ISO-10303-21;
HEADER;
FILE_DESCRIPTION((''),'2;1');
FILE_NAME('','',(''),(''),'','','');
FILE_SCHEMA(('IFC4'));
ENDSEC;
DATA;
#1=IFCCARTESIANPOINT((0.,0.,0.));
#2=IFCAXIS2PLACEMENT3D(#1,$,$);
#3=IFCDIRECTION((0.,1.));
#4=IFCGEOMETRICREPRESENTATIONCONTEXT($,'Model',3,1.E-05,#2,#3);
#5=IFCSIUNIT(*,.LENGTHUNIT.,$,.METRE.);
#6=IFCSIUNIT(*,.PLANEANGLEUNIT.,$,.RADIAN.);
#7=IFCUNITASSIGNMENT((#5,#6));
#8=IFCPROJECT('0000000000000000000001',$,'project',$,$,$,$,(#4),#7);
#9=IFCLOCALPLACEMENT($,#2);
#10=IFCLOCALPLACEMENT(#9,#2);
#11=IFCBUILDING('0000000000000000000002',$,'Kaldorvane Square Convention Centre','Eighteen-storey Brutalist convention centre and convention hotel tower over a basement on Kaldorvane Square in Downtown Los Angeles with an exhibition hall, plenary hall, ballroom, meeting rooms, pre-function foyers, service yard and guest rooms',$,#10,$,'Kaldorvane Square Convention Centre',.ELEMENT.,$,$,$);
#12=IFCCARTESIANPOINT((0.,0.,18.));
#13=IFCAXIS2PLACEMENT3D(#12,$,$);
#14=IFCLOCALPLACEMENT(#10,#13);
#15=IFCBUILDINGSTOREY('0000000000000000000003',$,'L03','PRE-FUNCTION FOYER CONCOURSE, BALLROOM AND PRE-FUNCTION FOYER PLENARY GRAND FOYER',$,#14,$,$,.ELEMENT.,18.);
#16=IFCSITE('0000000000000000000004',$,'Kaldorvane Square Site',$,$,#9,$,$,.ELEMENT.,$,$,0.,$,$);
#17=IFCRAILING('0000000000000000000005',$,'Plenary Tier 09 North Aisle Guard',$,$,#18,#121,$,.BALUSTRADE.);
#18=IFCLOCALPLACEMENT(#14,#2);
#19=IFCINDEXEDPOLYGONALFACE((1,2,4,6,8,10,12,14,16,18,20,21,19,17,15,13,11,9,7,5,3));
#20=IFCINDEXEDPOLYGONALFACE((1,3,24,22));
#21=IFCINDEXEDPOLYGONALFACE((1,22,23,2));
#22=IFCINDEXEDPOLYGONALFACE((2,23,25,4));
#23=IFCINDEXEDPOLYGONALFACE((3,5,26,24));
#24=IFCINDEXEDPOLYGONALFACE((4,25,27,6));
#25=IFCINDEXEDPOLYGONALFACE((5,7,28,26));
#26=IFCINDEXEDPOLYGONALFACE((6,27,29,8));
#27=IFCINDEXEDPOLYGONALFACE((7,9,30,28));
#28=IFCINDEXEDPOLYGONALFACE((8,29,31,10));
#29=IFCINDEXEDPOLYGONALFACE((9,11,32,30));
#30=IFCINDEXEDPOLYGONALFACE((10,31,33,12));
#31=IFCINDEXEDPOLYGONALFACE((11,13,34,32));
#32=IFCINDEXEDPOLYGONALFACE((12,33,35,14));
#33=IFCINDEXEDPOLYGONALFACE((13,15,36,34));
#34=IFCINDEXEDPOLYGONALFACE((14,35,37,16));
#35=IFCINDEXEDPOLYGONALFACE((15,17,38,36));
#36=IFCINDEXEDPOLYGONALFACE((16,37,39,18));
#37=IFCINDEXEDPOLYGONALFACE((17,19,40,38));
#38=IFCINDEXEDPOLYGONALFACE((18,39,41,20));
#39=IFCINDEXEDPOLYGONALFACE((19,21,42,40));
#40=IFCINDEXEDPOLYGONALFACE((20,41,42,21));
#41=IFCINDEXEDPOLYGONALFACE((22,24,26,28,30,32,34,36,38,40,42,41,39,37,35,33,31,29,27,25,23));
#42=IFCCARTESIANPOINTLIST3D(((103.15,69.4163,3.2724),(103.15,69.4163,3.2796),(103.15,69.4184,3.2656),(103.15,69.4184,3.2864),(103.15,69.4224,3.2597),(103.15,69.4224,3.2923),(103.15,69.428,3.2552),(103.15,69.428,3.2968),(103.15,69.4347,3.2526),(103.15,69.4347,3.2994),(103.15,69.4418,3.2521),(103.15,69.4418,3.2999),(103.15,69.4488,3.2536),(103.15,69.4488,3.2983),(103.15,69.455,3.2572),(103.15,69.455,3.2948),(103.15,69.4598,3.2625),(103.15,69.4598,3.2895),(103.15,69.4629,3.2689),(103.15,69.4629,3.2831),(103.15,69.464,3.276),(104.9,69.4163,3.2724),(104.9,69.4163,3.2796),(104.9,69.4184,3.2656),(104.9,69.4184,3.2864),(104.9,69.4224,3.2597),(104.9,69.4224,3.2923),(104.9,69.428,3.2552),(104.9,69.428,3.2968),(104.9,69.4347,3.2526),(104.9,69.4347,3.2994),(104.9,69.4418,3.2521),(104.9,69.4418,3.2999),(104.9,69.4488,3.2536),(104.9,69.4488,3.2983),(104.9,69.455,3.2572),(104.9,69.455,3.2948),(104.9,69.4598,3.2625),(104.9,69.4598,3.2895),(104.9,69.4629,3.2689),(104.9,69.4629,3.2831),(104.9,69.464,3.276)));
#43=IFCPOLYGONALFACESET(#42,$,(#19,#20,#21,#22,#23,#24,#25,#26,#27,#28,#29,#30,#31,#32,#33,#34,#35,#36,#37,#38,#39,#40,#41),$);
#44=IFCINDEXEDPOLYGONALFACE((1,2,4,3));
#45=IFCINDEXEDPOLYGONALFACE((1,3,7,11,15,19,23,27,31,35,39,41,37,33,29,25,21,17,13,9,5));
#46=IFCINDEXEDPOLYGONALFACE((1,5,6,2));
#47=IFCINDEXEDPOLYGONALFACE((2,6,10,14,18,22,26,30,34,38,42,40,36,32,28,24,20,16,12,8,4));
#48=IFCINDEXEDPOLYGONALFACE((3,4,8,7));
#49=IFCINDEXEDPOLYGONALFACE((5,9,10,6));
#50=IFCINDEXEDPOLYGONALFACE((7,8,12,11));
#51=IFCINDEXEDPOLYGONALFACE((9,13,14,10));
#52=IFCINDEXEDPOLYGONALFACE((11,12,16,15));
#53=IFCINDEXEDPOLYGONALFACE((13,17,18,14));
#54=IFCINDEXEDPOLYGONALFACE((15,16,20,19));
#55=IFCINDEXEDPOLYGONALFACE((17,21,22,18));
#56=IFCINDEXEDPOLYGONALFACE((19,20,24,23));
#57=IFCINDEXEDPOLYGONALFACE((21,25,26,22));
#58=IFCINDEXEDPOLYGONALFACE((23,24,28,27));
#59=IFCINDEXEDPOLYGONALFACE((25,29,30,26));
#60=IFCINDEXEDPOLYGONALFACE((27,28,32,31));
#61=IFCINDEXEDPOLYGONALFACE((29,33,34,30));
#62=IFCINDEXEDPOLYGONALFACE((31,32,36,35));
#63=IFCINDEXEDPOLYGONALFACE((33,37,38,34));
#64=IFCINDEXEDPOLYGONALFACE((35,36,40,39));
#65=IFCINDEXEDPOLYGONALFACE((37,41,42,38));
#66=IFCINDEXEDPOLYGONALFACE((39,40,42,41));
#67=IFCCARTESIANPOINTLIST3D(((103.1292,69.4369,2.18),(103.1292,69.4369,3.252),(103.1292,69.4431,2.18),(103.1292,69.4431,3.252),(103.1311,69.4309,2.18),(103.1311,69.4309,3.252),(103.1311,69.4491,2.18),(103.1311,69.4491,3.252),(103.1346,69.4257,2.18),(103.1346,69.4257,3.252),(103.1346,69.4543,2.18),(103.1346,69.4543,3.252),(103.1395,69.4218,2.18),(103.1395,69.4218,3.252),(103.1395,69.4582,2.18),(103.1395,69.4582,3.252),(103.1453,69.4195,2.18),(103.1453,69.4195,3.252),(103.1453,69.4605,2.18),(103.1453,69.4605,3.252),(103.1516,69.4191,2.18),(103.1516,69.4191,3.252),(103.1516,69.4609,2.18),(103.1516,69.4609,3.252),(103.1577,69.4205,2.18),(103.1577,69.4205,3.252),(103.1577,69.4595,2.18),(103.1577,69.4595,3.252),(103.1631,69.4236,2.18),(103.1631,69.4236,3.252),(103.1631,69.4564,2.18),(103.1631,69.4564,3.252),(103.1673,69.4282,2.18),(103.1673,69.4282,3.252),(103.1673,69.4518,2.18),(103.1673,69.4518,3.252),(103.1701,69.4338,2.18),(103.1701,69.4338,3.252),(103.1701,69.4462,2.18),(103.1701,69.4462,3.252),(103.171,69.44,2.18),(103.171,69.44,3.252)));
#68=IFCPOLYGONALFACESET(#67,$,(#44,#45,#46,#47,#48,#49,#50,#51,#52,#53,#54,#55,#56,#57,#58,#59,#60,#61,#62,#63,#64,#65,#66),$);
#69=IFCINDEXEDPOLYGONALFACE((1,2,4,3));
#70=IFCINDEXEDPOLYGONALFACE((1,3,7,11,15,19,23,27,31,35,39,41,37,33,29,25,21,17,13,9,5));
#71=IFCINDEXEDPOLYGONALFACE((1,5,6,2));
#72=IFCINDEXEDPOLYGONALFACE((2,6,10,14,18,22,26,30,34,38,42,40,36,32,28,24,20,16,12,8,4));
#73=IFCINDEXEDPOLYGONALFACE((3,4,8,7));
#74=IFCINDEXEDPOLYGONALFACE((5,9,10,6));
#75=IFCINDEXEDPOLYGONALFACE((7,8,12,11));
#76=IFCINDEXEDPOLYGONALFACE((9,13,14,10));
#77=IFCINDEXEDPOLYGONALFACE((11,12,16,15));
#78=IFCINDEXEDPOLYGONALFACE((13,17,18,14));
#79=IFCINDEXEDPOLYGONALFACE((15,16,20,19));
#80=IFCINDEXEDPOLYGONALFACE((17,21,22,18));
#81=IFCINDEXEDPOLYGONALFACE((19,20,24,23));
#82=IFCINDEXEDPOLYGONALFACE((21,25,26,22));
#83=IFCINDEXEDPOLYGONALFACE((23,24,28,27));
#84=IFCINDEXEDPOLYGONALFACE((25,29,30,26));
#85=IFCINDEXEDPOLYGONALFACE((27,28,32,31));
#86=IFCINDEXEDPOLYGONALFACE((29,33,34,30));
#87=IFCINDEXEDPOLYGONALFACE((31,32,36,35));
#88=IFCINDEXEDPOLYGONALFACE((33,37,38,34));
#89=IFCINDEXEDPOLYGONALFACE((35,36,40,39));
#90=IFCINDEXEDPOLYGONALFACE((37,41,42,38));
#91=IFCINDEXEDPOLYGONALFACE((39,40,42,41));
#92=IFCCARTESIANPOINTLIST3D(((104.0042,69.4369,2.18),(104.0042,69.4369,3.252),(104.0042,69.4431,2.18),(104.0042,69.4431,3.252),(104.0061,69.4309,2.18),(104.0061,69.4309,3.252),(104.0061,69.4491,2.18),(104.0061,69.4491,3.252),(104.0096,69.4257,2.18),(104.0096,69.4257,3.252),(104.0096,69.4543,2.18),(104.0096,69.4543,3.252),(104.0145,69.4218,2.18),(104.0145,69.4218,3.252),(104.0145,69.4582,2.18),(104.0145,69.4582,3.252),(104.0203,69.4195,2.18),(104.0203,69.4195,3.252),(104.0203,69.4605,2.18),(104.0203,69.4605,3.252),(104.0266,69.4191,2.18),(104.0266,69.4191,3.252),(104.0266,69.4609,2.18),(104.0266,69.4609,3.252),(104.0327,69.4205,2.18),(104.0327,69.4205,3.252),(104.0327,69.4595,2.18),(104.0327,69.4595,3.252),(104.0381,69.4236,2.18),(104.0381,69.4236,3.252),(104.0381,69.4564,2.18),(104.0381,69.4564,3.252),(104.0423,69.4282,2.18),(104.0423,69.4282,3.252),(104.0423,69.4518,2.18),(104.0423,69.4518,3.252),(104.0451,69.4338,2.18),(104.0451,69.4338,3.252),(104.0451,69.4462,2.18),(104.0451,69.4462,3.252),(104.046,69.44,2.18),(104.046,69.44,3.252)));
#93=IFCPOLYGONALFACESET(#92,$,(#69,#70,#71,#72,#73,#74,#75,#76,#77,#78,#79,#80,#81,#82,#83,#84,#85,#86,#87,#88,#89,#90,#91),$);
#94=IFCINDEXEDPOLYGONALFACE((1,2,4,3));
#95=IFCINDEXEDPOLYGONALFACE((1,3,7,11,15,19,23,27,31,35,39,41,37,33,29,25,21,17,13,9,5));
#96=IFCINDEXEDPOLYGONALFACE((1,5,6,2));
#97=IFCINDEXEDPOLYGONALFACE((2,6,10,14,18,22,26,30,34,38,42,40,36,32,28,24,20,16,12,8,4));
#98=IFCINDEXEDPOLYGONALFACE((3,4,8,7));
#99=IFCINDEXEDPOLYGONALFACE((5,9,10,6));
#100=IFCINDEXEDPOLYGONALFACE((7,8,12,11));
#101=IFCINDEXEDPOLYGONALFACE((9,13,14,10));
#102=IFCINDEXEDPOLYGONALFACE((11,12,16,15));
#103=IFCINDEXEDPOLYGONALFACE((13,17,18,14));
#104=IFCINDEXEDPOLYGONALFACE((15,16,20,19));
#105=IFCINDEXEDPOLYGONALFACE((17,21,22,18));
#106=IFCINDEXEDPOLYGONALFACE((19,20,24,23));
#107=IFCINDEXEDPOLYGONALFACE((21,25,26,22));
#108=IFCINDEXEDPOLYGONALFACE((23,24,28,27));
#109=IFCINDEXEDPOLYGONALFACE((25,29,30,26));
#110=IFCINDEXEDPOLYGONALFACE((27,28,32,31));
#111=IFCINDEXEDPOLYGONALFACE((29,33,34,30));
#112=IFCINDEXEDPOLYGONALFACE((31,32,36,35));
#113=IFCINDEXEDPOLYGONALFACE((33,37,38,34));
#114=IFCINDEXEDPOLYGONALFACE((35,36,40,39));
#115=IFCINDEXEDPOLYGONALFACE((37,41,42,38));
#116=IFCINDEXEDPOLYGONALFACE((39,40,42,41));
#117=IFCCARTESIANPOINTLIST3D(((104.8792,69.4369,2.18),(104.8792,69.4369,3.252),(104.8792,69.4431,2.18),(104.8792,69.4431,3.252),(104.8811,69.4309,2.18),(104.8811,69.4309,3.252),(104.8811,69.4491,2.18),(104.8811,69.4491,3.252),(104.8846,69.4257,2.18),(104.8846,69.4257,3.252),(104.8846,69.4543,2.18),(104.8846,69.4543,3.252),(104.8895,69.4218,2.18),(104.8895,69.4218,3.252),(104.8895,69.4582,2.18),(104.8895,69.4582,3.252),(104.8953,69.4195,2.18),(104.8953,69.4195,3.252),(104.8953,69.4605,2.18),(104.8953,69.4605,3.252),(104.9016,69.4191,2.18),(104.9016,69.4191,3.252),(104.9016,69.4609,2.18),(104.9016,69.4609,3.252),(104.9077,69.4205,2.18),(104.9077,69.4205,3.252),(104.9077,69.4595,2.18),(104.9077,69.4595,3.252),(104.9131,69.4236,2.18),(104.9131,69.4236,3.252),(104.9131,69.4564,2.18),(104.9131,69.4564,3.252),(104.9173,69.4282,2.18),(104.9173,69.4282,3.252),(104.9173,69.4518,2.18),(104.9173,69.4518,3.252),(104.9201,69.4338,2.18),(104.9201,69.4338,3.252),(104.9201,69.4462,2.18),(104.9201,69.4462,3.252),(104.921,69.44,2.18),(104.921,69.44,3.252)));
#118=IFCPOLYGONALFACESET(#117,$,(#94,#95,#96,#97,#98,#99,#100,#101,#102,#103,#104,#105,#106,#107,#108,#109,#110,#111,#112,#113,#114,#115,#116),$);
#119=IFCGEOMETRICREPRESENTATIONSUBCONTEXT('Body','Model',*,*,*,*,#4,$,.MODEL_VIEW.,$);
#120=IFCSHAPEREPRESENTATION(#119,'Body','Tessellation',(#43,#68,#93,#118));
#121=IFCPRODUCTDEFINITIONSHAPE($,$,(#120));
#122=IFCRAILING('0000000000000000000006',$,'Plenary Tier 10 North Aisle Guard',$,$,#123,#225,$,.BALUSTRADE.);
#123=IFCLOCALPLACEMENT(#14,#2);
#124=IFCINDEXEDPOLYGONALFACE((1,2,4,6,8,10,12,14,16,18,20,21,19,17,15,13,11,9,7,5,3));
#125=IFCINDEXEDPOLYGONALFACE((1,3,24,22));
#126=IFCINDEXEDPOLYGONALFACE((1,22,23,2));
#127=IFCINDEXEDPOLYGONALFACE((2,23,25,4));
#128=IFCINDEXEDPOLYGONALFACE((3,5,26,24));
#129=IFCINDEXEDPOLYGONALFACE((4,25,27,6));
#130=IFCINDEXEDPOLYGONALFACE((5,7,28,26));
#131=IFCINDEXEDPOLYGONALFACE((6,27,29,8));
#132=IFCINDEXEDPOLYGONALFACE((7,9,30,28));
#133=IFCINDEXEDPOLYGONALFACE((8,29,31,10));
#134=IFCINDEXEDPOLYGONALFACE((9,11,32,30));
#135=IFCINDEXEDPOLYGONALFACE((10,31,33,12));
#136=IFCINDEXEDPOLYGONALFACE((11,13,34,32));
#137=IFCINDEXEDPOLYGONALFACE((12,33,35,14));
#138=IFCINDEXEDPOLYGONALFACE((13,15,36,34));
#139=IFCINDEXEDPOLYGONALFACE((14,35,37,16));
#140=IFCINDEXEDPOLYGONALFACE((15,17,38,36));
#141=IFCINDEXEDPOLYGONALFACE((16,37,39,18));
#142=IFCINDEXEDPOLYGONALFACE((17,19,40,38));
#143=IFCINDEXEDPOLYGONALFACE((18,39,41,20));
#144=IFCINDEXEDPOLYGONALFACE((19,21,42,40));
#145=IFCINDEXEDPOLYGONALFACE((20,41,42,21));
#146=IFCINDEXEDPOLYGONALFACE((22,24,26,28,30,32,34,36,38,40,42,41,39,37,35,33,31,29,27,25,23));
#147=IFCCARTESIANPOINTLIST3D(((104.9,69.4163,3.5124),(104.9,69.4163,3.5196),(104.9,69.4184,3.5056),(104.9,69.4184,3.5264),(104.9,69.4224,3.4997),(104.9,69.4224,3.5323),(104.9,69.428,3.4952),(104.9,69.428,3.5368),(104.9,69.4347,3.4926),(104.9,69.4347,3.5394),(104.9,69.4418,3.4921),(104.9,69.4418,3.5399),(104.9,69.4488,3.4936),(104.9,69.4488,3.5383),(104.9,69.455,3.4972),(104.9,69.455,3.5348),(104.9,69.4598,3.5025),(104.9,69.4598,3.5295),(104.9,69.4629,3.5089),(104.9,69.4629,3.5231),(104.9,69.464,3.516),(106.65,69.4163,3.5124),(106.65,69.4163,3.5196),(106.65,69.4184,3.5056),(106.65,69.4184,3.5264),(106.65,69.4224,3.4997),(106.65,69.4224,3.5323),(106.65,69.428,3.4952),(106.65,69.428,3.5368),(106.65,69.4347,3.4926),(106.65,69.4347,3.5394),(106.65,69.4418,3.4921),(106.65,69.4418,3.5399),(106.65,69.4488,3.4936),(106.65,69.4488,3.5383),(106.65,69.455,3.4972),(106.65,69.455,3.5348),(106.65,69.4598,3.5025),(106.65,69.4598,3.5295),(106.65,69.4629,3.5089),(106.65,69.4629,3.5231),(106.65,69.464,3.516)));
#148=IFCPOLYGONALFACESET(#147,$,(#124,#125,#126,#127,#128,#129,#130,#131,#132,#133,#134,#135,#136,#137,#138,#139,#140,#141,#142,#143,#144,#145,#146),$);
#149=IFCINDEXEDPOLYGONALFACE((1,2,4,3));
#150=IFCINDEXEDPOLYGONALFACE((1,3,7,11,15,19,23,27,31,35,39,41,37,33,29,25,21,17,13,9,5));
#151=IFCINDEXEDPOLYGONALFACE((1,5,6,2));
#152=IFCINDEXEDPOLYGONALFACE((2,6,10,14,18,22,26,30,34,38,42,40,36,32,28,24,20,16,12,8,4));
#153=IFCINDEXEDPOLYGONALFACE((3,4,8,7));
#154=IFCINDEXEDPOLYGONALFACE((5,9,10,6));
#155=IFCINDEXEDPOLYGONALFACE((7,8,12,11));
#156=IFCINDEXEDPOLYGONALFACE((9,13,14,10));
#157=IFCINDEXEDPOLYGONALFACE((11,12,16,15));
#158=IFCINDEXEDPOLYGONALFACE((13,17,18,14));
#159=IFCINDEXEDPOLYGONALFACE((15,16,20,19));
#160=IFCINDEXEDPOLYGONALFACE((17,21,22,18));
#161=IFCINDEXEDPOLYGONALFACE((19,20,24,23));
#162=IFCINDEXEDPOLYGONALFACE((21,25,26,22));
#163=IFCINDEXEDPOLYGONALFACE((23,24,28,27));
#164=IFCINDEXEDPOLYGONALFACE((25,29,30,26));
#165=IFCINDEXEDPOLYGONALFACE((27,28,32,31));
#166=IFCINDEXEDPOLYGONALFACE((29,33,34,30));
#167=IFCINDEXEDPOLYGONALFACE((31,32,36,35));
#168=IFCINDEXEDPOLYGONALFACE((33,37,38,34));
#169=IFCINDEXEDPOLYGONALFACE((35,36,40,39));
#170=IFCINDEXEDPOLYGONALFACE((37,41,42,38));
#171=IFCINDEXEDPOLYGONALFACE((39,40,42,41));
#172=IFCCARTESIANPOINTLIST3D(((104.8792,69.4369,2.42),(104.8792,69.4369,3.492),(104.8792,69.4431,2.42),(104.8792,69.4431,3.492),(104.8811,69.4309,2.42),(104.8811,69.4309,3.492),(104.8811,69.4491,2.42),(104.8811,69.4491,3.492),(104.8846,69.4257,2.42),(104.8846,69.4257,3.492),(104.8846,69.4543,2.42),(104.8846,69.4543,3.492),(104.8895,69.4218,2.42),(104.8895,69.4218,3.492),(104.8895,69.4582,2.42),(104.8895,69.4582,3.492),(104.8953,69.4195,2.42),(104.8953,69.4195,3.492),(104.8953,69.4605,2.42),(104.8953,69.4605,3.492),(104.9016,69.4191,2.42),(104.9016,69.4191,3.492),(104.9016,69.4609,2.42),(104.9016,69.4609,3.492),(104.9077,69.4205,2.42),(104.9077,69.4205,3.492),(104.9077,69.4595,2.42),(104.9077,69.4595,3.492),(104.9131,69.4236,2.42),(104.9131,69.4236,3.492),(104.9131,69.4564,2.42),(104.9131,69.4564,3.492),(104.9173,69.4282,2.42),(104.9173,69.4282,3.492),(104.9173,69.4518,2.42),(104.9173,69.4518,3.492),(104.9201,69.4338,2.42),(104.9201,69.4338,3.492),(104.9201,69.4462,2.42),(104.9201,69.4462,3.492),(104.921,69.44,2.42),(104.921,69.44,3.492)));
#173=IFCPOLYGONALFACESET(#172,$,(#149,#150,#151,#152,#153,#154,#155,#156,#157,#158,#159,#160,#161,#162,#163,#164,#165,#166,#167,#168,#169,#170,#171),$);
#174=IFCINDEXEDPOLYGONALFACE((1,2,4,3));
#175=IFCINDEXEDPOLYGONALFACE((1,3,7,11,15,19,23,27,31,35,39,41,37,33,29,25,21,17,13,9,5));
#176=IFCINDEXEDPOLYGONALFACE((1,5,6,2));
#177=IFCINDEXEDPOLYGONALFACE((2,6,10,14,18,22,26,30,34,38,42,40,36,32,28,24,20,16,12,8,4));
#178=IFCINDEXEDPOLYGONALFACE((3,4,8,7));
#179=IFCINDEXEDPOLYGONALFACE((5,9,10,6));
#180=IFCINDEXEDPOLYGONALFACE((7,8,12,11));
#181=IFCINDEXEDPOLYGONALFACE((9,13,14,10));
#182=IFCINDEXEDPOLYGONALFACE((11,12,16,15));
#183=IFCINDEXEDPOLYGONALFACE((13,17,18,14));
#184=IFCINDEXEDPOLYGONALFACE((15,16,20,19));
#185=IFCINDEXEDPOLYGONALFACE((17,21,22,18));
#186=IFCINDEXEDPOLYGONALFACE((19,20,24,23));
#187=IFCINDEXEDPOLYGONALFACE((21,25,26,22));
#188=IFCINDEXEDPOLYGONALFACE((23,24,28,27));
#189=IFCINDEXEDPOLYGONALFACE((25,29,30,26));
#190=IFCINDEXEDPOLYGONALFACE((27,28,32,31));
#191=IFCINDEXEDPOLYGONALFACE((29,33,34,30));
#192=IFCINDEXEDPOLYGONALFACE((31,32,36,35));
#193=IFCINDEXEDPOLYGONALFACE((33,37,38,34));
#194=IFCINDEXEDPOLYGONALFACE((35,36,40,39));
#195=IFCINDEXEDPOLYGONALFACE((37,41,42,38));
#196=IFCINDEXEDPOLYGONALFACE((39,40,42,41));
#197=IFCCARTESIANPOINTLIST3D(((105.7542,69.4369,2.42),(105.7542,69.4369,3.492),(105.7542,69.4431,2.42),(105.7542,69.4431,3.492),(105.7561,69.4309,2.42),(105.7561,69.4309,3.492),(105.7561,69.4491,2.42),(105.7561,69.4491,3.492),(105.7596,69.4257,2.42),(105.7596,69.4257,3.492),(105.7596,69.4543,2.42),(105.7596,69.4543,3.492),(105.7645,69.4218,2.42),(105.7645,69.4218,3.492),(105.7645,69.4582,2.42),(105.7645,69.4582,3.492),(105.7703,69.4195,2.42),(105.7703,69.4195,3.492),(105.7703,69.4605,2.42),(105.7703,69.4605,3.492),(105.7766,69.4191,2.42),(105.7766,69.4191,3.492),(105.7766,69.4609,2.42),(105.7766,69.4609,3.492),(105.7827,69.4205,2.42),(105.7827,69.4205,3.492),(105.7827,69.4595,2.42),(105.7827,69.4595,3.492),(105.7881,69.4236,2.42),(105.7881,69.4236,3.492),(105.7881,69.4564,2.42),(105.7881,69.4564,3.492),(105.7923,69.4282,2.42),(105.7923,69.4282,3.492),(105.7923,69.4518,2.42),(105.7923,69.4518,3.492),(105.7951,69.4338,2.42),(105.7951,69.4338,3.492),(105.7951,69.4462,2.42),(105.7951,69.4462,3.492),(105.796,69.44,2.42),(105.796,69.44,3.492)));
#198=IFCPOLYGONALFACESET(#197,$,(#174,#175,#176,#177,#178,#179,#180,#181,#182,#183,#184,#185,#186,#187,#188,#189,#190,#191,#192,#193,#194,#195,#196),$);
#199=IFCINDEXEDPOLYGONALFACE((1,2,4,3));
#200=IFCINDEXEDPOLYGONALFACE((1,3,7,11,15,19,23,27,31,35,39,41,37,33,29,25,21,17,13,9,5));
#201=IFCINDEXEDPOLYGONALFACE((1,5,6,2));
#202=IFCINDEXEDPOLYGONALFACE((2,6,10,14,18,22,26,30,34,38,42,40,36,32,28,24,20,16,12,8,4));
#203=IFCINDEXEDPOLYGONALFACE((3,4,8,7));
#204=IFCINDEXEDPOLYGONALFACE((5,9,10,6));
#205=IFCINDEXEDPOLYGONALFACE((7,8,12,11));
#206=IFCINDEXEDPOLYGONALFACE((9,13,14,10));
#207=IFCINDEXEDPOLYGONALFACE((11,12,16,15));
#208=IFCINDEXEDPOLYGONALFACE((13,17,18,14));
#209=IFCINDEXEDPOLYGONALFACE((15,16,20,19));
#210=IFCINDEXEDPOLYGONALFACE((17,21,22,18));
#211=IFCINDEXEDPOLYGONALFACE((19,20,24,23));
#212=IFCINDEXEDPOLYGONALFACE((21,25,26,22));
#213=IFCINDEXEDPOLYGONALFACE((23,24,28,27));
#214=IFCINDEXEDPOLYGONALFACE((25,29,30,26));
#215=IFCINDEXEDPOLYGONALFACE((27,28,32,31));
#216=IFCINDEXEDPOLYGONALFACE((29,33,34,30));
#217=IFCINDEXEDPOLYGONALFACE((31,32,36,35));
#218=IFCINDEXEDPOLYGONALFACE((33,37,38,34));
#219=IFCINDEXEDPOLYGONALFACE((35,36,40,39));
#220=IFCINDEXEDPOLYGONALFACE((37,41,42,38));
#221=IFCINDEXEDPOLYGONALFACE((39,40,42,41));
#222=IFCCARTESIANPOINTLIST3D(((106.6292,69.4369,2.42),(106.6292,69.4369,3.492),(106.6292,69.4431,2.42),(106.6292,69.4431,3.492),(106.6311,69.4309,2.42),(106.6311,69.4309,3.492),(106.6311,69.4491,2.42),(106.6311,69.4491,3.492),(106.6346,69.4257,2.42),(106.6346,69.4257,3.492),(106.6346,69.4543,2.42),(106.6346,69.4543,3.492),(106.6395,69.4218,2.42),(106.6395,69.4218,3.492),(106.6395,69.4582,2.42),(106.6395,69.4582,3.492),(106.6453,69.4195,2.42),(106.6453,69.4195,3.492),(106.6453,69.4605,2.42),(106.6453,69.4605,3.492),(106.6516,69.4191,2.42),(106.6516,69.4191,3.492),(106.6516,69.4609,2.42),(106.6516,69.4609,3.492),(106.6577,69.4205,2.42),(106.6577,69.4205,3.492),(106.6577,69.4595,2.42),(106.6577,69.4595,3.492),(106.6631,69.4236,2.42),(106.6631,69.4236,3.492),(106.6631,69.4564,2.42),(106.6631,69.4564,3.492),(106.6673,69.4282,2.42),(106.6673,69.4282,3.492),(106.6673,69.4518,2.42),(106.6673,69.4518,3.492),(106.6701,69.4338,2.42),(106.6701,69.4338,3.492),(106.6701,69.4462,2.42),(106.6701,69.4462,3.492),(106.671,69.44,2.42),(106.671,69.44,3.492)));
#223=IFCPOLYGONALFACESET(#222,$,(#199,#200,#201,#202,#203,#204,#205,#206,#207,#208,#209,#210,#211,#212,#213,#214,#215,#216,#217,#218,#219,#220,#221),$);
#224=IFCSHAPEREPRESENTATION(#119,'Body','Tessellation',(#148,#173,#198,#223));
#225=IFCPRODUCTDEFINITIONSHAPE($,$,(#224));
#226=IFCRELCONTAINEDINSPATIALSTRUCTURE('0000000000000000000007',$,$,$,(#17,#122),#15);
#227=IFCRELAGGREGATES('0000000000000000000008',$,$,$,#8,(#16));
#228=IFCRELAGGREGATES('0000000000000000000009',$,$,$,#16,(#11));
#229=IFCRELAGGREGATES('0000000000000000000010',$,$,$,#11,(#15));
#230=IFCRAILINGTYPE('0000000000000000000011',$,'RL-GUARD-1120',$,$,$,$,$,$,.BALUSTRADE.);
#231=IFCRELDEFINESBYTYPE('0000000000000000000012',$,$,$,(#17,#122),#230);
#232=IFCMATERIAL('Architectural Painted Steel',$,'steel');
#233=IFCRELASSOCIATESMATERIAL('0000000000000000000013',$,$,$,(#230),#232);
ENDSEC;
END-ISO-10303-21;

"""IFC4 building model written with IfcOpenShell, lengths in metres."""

from ifc_helpers import new_model, si_unit, direction, frame, origin, origin_2d, place, context, subcontext, project, spatial, circle, extrude, material, type_object, element, save


model = new_model("IFC4")

# Units and contexts
model_context = context("Model", 3, precision=1e-05, world=origin(), true_north=direction((0.0, 1.0)))
body_context = subcontext(model_context, "Body", "Model", "MODEL_VIEW")
ifc_project = project(units=[si_unit("LENGTHUNIT", "METRE"), si_unit("PLANEANGLEUNIT", "RADIAN")], contexts=[model_context])

# Site, building, storey
site_placement = place(None, origin())
site = spatial("IfcSite", under=ifc_project, at=site_placement, Name="Kaldorvane Square Site", CompositionType="ELEMENT", RefElevation=0.0)
building_placement = place(site_placement, origin())
building = spatial("IfcBuilding", under=site, at=building_placement, Name="Kaldorvane Square Convention Centre", Description="Eighteen-storey Brutalist convention centre and convention hotel tower over a basement on Kaldorvane Square in Downtown Los Angeles with an exhibition hall, plenary hall, ballroom, meeting rooms, pre-function foyers, service yard and guest rooms", LongName="Kaldorvane Square Convention Centre", CompositionType="ELEMENT")
storey_placement = place(building_placement, frame((0.0, 0.0, 18.0)))
storey = spatial("IfcBuildingStorey", under=building, at=storey_placement, Name="L03", Description="PRE-FUNCTION FOYER CONCOURSE, BALLROOM AND PRE-FUNCTION FOYER PLENARY GRAND FOYER", CompositionType="ELEMENT", Elevation=18.0)

# Railings
ifc_material_1 = material(Name="Architectural Painted Steel", Category="steel")
railing_type_1 = type_object("IfcRailingType", Name="RL-GUARD-1120", PredefinedType="BALUSTRADE", material=ifc_material_1)
for number, where, name in (
    (1, (103.15, 69.44, 2.18), "Plenary Tier 09 North Aisle Guard"),
    (2, (104.9, 69.44, 2.42), "Plenary Tier 10 North Aisle Guard"),
):
    element("IfcRailing", number, at=place(storey_placement, frame(where)), inside=storey, type_object=railing_type_1, Name=name, PredefinedType="BALUSTRADE", context=body_context, shape_type="SweptSolid", body=[
        extrude(circle(Radius=0.024, at=origin_2d()), frame((0.0, 0.0, 1.096), z_axis=(1.0, 0.0, 0.0), x_axis=(0.0, 1.0, 0.0)), (0.0, 0.0, 1.0), 1.75),
        extrude(circle(Radius=0.021, at=origin_2d()), origin(), (0.0, 0.0, 1.0), 1.072),
        extrude(circle(Radius=0.021, at=origin_2d()), frame((0.875, 0.0, 0.0)), (0.0, 0.0, 1.0), 1.072),
        extrude(circle(Radius=0.021, at=origin_2d()), frame((1.75, 0.0, 0.0)), (0.0, 0.0, 1.0), 1.072),
    ])

save(model, "model.ifc")
